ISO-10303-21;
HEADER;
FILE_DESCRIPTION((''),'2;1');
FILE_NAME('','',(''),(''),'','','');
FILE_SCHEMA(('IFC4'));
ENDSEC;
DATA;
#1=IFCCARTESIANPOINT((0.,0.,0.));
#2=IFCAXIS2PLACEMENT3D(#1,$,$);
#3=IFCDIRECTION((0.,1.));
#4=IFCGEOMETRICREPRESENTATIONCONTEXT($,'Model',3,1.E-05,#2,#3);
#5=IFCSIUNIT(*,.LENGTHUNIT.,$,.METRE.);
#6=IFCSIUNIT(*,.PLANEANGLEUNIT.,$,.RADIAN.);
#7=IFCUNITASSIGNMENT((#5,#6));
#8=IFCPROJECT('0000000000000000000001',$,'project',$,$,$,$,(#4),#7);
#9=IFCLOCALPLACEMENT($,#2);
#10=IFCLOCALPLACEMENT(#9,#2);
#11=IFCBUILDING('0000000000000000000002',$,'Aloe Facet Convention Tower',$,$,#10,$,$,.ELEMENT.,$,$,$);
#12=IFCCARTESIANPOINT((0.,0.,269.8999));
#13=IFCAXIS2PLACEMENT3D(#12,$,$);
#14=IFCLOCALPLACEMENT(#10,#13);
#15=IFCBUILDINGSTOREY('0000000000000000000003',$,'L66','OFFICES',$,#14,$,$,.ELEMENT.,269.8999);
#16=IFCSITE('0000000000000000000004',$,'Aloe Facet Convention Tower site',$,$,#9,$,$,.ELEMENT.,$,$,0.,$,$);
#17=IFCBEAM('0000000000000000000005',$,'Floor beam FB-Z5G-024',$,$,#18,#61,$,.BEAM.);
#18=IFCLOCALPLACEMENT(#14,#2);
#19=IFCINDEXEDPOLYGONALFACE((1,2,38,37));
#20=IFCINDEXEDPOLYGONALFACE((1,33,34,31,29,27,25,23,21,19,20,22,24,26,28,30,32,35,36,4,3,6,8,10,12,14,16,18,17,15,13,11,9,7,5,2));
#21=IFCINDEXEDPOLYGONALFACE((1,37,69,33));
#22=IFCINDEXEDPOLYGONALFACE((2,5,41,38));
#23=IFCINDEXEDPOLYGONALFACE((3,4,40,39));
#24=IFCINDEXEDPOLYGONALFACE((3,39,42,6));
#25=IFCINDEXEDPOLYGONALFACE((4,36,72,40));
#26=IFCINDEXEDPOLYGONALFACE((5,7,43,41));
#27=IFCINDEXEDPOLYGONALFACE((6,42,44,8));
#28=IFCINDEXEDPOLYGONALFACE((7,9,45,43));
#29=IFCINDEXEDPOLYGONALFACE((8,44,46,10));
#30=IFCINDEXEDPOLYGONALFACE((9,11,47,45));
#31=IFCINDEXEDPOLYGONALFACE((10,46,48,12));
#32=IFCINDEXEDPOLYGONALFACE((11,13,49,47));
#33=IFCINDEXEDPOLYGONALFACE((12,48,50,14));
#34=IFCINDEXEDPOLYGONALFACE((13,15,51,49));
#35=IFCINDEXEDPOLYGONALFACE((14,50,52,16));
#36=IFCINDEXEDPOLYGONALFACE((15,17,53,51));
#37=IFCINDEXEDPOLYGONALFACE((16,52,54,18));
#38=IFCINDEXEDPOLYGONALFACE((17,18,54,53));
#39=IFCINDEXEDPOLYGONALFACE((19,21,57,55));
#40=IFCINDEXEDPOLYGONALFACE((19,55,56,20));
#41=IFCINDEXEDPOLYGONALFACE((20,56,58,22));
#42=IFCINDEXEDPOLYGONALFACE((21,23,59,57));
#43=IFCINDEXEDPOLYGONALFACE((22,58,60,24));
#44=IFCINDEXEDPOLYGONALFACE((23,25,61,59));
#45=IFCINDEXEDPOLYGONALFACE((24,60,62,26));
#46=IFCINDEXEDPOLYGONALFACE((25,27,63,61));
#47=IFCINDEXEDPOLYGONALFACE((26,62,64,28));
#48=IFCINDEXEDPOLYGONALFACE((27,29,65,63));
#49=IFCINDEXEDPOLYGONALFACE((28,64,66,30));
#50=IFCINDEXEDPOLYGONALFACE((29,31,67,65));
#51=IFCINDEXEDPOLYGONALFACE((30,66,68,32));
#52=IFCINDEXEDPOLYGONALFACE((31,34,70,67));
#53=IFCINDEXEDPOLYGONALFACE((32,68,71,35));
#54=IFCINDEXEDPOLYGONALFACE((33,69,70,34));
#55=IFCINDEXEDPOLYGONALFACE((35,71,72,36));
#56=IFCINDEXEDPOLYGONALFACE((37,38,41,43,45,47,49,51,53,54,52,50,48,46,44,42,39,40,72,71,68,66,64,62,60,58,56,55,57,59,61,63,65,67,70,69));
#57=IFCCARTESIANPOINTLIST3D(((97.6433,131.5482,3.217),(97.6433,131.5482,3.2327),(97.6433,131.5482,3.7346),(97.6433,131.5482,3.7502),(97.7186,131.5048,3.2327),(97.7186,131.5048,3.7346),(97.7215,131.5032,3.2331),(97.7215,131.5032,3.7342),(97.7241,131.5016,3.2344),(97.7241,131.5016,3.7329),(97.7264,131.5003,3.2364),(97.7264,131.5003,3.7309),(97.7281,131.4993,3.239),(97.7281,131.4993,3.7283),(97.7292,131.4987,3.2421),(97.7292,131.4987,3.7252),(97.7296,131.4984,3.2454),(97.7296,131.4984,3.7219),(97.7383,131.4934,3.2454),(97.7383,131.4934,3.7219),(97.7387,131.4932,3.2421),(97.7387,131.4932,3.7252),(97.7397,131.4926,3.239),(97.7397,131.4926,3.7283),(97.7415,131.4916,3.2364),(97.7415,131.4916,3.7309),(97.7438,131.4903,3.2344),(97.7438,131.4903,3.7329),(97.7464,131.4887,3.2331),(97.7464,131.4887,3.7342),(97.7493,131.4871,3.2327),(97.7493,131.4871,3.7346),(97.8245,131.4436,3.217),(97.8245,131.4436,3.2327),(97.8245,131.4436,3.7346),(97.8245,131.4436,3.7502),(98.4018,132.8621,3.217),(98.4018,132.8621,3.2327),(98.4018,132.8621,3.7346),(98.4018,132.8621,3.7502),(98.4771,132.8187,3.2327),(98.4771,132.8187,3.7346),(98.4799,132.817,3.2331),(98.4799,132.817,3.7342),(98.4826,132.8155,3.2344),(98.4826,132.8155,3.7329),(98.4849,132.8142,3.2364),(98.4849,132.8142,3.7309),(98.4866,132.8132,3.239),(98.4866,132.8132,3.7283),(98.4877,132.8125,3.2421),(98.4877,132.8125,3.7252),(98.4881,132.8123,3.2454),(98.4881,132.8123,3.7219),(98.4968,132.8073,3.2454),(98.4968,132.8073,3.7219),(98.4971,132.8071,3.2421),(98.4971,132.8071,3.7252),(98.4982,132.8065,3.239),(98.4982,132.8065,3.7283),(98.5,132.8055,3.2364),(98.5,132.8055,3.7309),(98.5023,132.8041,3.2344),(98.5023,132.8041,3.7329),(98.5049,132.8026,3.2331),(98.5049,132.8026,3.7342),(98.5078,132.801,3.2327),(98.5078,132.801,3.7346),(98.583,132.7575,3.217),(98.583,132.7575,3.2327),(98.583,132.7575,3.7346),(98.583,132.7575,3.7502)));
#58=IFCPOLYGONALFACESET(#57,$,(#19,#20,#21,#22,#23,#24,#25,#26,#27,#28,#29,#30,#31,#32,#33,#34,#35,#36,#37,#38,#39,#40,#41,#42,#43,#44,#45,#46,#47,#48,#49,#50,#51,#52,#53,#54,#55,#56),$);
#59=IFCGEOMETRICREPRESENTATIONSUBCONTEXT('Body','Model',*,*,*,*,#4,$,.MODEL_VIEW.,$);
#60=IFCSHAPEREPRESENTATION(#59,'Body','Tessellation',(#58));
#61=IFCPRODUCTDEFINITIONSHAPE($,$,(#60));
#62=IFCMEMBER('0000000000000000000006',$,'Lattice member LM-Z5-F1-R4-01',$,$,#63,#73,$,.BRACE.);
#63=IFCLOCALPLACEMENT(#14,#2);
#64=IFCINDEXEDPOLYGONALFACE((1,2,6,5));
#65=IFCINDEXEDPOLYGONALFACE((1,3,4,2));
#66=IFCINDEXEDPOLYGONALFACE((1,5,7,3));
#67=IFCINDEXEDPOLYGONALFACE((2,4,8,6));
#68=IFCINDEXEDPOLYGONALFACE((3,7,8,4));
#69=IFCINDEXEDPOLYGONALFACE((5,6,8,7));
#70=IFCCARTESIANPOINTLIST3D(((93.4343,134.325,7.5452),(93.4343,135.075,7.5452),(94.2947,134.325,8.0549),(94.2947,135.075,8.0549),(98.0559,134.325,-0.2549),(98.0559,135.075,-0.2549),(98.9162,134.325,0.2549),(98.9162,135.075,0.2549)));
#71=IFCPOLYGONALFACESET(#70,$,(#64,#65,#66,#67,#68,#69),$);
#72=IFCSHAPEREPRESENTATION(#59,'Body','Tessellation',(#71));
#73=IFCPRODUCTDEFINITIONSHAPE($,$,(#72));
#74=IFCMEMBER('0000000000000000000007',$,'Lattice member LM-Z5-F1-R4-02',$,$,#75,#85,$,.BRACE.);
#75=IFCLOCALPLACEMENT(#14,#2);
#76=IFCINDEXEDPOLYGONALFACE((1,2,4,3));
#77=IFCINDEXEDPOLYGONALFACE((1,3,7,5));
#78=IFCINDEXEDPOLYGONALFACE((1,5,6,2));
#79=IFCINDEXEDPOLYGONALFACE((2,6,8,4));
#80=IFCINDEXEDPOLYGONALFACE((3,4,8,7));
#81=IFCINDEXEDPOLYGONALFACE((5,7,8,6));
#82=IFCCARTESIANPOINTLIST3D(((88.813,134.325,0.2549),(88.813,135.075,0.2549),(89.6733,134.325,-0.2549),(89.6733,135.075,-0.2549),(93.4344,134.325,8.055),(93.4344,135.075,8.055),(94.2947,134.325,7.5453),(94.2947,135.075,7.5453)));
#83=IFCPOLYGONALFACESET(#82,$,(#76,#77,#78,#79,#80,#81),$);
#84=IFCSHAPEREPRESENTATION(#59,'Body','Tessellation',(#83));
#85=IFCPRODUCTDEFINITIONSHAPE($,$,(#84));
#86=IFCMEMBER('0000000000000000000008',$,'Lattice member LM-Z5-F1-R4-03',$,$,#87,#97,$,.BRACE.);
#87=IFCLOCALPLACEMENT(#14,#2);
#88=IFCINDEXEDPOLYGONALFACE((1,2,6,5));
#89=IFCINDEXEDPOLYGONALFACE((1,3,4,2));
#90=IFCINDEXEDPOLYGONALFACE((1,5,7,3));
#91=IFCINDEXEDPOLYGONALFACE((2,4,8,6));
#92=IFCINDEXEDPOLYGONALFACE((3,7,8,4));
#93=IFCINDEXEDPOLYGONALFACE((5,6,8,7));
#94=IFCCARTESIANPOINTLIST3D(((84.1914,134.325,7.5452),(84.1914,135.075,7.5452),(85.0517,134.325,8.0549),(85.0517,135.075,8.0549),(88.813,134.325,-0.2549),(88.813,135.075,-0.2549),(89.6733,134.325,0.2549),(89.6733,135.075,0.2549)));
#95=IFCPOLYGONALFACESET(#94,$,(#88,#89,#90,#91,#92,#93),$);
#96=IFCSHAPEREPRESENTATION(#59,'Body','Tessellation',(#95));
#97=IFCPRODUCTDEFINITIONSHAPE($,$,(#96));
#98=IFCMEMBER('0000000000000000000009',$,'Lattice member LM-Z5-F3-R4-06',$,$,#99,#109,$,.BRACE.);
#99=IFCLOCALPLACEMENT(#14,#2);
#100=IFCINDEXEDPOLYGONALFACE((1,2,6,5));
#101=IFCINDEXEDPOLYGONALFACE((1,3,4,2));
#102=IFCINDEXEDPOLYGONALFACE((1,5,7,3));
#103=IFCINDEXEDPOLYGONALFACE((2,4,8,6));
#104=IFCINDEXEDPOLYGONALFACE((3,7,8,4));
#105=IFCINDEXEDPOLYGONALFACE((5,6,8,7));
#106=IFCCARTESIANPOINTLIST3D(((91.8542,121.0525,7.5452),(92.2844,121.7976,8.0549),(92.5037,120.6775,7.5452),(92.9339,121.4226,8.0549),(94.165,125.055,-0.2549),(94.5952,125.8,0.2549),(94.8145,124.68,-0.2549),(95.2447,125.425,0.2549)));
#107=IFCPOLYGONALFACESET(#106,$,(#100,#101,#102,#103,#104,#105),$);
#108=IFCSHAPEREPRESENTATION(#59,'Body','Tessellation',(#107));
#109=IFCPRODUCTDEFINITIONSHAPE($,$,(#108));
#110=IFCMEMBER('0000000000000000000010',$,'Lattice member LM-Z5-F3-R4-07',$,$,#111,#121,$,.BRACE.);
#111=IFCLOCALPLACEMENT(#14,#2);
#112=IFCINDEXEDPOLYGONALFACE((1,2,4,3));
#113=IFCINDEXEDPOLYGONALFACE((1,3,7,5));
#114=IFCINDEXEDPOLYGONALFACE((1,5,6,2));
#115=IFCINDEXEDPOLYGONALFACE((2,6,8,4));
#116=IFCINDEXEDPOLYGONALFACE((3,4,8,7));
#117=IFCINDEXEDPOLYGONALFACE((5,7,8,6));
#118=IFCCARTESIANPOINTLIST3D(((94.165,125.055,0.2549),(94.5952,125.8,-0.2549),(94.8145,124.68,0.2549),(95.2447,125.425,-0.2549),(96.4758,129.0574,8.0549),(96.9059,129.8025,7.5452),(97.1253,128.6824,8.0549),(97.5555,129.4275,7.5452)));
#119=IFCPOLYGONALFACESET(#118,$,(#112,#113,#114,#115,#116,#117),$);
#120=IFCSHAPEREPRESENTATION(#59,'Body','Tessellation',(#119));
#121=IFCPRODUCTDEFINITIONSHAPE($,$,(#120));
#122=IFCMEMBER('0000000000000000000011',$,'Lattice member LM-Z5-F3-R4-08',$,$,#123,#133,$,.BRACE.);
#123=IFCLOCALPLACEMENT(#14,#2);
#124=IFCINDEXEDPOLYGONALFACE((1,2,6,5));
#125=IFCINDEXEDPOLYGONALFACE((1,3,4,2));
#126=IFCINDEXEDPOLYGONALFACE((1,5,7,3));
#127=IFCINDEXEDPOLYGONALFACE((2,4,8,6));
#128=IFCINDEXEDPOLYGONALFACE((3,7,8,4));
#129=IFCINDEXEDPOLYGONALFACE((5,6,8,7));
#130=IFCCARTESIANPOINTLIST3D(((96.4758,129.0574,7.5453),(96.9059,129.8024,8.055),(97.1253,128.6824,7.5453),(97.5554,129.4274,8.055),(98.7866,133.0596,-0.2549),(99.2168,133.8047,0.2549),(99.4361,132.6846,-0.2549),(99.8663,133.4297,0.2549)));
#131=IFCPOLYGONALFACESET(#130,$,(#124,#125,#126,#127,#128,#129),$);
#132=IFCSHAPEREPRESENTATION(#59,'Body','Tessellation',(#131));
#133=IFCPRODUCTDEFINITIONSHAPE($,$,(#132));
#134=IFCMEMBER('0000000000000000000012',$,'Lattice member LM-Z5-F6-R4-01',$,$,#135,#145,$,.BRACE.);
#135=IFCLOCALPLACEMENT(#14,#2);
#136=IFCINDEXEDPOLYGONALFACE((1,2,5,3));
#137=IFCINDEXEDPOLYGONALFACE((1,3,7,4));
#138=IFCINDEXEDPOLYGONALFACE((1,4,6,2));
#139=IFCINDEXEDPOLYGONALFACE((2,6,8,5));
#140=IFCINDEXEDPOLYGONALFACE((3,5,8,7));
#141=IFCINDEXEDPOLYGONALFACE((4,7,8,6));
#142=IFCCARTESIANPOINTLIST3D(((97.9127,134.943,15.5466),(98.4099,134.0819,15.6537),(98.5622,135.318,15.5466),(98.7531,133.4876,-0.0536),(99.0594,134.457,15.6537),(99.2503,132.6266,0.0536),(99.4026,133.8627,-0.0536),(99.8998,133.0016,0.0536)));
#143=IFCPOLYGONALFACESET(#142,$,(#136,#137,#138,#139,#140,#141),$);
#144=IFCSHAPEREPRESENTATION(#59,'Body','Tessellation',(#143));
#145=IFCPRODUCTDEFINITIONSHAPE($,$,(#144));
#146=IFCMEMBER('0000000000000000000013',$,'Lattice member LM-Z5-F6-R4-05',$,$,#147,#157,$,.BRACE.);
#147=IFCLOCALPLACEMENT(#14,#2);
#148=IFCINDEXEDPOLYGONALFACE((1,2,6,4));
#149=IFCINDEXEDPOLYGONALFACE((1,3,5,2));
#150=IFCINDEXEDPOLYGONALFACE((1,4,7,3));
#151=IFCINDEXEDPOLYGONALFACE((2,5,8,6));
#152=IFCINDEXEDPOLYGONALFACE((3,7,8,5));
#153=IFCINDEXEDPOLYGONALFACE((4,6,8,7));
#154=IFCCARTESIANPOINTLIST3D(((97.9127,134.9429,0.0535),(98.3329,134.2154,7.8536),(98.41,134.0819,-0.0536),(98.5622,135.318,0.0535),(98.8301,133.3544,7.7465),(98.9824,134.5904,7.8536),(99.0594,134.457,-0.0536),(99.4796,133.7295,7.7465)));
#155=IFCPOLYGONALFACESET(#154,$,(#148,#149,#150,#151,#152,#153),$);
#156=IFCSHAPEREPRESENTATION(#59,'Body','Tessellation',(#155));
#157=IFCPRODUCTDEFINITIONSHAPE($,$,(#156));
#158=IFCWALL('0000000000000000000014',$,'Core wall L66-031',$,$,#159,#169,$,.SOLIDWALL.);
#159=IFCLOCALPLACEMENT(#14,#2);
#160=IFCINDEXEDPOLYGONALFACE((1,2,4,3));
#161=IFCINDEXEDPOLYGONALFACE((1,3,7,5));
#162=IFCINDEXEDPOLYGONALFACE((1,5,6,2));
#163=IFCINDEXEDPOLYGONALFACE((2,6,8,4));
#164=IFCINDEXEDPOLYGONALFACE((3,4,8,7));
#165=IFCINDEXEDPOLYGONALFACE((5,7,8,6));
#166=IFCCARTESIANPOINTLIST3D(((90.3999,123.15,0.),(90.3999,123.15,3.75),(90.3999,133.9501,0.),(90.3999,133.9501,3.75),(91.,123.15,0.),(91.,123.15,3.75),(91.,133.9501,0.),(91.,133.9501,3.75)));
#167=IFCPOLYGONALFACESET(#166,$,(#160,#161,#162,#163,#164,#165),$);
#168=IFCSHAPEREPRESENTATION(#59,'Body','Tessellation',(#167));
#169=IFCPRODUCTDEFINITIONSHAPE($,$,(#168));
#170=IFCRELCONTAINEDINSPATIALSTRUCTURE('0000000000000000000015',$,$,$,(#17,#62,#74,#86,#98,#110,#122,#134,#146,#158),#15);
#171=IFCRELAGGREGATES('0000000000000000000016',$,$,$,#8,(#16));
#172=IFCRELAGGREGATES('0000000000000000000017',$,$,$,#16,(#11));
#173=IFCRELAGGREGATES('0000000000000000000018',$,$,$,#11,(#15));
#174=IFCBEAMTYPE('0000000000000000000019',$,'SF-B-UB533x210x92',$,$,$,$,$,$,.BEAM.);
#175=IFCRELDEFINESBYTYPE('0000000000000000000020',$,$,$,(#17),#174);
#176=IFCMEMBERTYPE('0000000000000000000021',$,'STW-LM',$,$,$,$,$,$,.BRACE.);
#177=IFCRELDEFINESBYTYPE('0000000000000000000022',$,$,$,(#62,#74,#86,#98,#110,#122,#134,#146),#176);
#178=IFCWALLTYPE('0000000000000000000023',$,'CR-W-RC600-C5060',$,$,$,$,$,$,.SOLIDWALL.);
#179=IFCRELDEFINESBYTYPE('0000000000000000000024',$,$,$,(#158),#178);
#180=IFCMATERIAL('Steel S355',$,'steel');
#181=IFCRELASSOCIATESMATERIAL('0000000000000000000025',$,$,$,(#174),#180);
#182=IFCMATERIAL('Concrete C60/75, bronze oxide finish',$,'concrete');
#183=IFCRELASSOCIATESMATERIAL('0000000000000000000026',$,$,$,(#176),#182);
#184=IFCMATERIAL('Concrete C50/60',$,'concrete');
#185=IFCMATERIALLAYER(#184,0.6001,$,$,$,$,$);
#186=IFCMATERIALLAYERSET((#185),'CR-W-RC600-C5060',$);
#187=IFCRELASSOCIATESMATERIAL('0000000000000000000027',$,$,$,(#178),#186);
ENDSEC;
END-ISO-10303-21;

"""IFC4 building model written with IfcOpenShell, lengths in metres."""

from ifc_helpers import new_model, si_unit, direction, frame, frame_2d, origin, origin_2d, place, context, subcontext, project, spatial, rectangle, i_section, extrude, material, layer, layer_set, material_profile, profile_set, type_object, element, save


model = new_model("IFC4")

# Units and contexts
model_context = context("Model", 3, precision=1e-05, world=origin(), true_north=direction((0.0, 1.0)))
body_context = subcontext(model_context, "Body", "Model", "MODEL_VIEW")
ifc_project = project(units=[si_unit("LENGTHUNIT", "METRE"), si_unit("PLANEANGLEUNIT", "RADIAN")], contexts=[model_context])

# Site, building, storey
site_placement = place(None, origin())
site = spatial("IfcSite", under=ifc_project, at=site_placement, Name="Aloe Facet Convention Tower site", CompositionType="ELEMENT", RefElevation=0.0)
building_placement = place(site_placement, origin())
building = spatial("IfcBuilding", under=site, at=building_placement, Name="Aloe Facet Convention Tower", CompositionType="ELEMENT")
storey_placement = place(building_placement, frame((0.0, 0.0, 269.8999)))
storey = spatial("IfcBuildingStorey", under=building, at=storey_placement, Name="L66", Description="OFFICES", CompositionType="ELEMENT", Elevation=269.8999)

# Beam
ifc_material_1 = material(Name="Steel S355", Category="steel")
ifc_material_profile_1 = material_profile(ifc_material_1, i_section(OverallWidth=0.2092, OverallDepth=0.5332, WebThickness=0.01, FlangeThickness=0.0156, FilletRadius=0.0127, at=origin_2d()), Name="UB 533x210x92")
ifc_profile_set_1 = profile_set([ifc_material_profile_1], Name="Steel S355")
beam_type_1 = type_object("IfcBeamType", Name="SF-B-UB533x210x92", PredefinedType="BEAM", material=ifc_profile_set_1)
beam_1_placement = place(storey_placement, frame((98.4924, 132.8098, 3.4836), z_axis=(-0.499964, -0.866046, 0.0), x_axis=(0.866046, -0.499964, 0.0)))
element("IfcBeam", 1, at=beam_1_placement, inside=storey, type_object=beam_type_1, Name="Floor beam FB-Z5G-024", PredefinedType="BEAM", context=body_context, shape_type="SweptSolid", body=[
    extrude(i_section(OverallWidth=0.2092, OverallDepth=0.5332, WebThickness=0.01, FlangeThickness=0.0156, FilletRadius=0.0127, at=origin_2d()), origin(), (0.0, 0.0, 1.0), 1.5171),
])

# Members
ifc_material_2 = material(Name="Concrete C60/75, bronze oxide finish", Category="concrete")
ifc_material_profile_2 = material_profile(ifc_material_2, rectangle(XDim=0.75, YDim=1.0, at=origin_2d()), Name="STW-LM")
ifc_profile_set_2 = profile_set([ifc_material_profile_2], Name="Concrete C60/75, bronze oxide finish")
member_type = type_object("IfcMemberType", Name="STW-LM", PredefinedType="BRACE", material=ifc_profile_set_2)
for number, where, z_axis, x_axis, name in (
    (2, (98.4861, 134.7, 0.0), (-0.509748, 0.0, 0.860324), (0.0, -1.0, 0.0), "Lattice member LM-Z5-F1-R4-01"),
    (3, (89.2432, 134.7, 0.0), (0.509728, 0.0, 0.860336), (0.0, 1.0, 0.0), "Lattice member LM-Z5-F1-R4-02"),
    (4, (89.2432, 134.7, 0.0), (-0.509748, 0.0, 0.860324), (0.0, -1.0, 0.0), "Lattice member LM-Z5-F1-R4-03"),
    (5, (94.7048, 125.24, 0.0), (-0.254873, -0.441458, 0.860322), (0.866027, -0.499997, 0.0), "Lattice member LM-Z5-F3-R4-06"),
    (6, (94.7048, 125.24, 0.0), (0.254873, 0.441458, 0.860322), (-0.866027, 0.499997, 0.0), "Lattice member LM-Z5-F3-R4-07"),
    (7, (99.3264, 133.2446, 0.0), (-0.254876, -0.441436, 0.860333), (0.866014, -0.50002, 0.0), "Lattice member LM-Z5-F3-R4-08"),
):
    element("IfcMember", number, at=place(storey_placement, frame(where, z_axis=z_axis, x_axis=x_axis)), inside=storey, type_object=member_type, Name=name, PredefinedType="BRACE", context=body_context, shape_type="SweptSolid", body=[
        extrude(rectangle(XDim=0.75, YDim=1.0, at=origin_2d()), origin(), (0.0, 0.0, 1.0), 9.0664),
    ])
member_1_placement = place(storey_placement, frame((99.3264, 133.2446, 0.0), z_axis=(-0.053557, 0.092753, 0.994248), x_axis=(-0.865999, -0.500045, 0.0)))
element("IfcMember", 8, at=member_1_placement, inside=storey, type_object=member_type, Name="Lattice member LM-Z5-F6-R4-01", PredefinedType="BRACE", context=body_context, shape_type="SweptSolid", body=[
    extrude(rectangle(XDim=0.75, YDim=1.0, at=origin_2d()), origin(), (0.0, 0.0, 1.0), 15.6904),
])
member_2_placement = place(storey_placement, frame((98.9062, 133.9724, 7.8), z_axis=(-0.053557, 0.092737, -0.994249), x_axis=(-0.865963, -0.500108, 0.0)))
element("IfcMember", 9, at=member_2_placement, inside=storey, type_object=member_type, Name="Lattice member LM-Z5-F6-R4-05", PredefinedType="BRACE", context=body_context, shape_type="SweptSolid", body=[
    extrude(rectangle(XDim=0.75, YDim=1.0, at=origin_2d()), origin(), (0.0, 0.0, 1.0), 7.8452),
])

# Wall
ifc_material_3 = material(Name="Concrete C50/60", Category="concrete")
ifc_layer_1 = layer(ifc_material_3, 0.6001)
ifc_layer_set_1 = layer_set([ifc_layer_1], Name="CR-W-RC600-C5060")
wall_type_1 = type_object("IfcWallType", Name="CR-W-RC600-C5060", PredefinedType="SOLIDWALL", material=ifc_layer_set_1)
wall_1_placement = place(storey_placement, frame((90.7, 133.95, 0.0), z_axis=(0.0, 0.0, 1.0), x_axis=(0.0, -1.0, 0.0)))
element("IfcWall", 10, at=wall_1_placement, inside=storey, type_object=wall_type_1, Name="Core wall L66-031", PredefinedType="SOLIDWALL", context=body_context, shape_type="SweptSolid", body=[
    extrude(rectangle(XDim=10.8, YDim=0.6001, at=frame_2d((5.3999, 0.0))), origin(), (0.0, 0.0, 1.0), 3.75),
])

save(model, "model.ifc")
